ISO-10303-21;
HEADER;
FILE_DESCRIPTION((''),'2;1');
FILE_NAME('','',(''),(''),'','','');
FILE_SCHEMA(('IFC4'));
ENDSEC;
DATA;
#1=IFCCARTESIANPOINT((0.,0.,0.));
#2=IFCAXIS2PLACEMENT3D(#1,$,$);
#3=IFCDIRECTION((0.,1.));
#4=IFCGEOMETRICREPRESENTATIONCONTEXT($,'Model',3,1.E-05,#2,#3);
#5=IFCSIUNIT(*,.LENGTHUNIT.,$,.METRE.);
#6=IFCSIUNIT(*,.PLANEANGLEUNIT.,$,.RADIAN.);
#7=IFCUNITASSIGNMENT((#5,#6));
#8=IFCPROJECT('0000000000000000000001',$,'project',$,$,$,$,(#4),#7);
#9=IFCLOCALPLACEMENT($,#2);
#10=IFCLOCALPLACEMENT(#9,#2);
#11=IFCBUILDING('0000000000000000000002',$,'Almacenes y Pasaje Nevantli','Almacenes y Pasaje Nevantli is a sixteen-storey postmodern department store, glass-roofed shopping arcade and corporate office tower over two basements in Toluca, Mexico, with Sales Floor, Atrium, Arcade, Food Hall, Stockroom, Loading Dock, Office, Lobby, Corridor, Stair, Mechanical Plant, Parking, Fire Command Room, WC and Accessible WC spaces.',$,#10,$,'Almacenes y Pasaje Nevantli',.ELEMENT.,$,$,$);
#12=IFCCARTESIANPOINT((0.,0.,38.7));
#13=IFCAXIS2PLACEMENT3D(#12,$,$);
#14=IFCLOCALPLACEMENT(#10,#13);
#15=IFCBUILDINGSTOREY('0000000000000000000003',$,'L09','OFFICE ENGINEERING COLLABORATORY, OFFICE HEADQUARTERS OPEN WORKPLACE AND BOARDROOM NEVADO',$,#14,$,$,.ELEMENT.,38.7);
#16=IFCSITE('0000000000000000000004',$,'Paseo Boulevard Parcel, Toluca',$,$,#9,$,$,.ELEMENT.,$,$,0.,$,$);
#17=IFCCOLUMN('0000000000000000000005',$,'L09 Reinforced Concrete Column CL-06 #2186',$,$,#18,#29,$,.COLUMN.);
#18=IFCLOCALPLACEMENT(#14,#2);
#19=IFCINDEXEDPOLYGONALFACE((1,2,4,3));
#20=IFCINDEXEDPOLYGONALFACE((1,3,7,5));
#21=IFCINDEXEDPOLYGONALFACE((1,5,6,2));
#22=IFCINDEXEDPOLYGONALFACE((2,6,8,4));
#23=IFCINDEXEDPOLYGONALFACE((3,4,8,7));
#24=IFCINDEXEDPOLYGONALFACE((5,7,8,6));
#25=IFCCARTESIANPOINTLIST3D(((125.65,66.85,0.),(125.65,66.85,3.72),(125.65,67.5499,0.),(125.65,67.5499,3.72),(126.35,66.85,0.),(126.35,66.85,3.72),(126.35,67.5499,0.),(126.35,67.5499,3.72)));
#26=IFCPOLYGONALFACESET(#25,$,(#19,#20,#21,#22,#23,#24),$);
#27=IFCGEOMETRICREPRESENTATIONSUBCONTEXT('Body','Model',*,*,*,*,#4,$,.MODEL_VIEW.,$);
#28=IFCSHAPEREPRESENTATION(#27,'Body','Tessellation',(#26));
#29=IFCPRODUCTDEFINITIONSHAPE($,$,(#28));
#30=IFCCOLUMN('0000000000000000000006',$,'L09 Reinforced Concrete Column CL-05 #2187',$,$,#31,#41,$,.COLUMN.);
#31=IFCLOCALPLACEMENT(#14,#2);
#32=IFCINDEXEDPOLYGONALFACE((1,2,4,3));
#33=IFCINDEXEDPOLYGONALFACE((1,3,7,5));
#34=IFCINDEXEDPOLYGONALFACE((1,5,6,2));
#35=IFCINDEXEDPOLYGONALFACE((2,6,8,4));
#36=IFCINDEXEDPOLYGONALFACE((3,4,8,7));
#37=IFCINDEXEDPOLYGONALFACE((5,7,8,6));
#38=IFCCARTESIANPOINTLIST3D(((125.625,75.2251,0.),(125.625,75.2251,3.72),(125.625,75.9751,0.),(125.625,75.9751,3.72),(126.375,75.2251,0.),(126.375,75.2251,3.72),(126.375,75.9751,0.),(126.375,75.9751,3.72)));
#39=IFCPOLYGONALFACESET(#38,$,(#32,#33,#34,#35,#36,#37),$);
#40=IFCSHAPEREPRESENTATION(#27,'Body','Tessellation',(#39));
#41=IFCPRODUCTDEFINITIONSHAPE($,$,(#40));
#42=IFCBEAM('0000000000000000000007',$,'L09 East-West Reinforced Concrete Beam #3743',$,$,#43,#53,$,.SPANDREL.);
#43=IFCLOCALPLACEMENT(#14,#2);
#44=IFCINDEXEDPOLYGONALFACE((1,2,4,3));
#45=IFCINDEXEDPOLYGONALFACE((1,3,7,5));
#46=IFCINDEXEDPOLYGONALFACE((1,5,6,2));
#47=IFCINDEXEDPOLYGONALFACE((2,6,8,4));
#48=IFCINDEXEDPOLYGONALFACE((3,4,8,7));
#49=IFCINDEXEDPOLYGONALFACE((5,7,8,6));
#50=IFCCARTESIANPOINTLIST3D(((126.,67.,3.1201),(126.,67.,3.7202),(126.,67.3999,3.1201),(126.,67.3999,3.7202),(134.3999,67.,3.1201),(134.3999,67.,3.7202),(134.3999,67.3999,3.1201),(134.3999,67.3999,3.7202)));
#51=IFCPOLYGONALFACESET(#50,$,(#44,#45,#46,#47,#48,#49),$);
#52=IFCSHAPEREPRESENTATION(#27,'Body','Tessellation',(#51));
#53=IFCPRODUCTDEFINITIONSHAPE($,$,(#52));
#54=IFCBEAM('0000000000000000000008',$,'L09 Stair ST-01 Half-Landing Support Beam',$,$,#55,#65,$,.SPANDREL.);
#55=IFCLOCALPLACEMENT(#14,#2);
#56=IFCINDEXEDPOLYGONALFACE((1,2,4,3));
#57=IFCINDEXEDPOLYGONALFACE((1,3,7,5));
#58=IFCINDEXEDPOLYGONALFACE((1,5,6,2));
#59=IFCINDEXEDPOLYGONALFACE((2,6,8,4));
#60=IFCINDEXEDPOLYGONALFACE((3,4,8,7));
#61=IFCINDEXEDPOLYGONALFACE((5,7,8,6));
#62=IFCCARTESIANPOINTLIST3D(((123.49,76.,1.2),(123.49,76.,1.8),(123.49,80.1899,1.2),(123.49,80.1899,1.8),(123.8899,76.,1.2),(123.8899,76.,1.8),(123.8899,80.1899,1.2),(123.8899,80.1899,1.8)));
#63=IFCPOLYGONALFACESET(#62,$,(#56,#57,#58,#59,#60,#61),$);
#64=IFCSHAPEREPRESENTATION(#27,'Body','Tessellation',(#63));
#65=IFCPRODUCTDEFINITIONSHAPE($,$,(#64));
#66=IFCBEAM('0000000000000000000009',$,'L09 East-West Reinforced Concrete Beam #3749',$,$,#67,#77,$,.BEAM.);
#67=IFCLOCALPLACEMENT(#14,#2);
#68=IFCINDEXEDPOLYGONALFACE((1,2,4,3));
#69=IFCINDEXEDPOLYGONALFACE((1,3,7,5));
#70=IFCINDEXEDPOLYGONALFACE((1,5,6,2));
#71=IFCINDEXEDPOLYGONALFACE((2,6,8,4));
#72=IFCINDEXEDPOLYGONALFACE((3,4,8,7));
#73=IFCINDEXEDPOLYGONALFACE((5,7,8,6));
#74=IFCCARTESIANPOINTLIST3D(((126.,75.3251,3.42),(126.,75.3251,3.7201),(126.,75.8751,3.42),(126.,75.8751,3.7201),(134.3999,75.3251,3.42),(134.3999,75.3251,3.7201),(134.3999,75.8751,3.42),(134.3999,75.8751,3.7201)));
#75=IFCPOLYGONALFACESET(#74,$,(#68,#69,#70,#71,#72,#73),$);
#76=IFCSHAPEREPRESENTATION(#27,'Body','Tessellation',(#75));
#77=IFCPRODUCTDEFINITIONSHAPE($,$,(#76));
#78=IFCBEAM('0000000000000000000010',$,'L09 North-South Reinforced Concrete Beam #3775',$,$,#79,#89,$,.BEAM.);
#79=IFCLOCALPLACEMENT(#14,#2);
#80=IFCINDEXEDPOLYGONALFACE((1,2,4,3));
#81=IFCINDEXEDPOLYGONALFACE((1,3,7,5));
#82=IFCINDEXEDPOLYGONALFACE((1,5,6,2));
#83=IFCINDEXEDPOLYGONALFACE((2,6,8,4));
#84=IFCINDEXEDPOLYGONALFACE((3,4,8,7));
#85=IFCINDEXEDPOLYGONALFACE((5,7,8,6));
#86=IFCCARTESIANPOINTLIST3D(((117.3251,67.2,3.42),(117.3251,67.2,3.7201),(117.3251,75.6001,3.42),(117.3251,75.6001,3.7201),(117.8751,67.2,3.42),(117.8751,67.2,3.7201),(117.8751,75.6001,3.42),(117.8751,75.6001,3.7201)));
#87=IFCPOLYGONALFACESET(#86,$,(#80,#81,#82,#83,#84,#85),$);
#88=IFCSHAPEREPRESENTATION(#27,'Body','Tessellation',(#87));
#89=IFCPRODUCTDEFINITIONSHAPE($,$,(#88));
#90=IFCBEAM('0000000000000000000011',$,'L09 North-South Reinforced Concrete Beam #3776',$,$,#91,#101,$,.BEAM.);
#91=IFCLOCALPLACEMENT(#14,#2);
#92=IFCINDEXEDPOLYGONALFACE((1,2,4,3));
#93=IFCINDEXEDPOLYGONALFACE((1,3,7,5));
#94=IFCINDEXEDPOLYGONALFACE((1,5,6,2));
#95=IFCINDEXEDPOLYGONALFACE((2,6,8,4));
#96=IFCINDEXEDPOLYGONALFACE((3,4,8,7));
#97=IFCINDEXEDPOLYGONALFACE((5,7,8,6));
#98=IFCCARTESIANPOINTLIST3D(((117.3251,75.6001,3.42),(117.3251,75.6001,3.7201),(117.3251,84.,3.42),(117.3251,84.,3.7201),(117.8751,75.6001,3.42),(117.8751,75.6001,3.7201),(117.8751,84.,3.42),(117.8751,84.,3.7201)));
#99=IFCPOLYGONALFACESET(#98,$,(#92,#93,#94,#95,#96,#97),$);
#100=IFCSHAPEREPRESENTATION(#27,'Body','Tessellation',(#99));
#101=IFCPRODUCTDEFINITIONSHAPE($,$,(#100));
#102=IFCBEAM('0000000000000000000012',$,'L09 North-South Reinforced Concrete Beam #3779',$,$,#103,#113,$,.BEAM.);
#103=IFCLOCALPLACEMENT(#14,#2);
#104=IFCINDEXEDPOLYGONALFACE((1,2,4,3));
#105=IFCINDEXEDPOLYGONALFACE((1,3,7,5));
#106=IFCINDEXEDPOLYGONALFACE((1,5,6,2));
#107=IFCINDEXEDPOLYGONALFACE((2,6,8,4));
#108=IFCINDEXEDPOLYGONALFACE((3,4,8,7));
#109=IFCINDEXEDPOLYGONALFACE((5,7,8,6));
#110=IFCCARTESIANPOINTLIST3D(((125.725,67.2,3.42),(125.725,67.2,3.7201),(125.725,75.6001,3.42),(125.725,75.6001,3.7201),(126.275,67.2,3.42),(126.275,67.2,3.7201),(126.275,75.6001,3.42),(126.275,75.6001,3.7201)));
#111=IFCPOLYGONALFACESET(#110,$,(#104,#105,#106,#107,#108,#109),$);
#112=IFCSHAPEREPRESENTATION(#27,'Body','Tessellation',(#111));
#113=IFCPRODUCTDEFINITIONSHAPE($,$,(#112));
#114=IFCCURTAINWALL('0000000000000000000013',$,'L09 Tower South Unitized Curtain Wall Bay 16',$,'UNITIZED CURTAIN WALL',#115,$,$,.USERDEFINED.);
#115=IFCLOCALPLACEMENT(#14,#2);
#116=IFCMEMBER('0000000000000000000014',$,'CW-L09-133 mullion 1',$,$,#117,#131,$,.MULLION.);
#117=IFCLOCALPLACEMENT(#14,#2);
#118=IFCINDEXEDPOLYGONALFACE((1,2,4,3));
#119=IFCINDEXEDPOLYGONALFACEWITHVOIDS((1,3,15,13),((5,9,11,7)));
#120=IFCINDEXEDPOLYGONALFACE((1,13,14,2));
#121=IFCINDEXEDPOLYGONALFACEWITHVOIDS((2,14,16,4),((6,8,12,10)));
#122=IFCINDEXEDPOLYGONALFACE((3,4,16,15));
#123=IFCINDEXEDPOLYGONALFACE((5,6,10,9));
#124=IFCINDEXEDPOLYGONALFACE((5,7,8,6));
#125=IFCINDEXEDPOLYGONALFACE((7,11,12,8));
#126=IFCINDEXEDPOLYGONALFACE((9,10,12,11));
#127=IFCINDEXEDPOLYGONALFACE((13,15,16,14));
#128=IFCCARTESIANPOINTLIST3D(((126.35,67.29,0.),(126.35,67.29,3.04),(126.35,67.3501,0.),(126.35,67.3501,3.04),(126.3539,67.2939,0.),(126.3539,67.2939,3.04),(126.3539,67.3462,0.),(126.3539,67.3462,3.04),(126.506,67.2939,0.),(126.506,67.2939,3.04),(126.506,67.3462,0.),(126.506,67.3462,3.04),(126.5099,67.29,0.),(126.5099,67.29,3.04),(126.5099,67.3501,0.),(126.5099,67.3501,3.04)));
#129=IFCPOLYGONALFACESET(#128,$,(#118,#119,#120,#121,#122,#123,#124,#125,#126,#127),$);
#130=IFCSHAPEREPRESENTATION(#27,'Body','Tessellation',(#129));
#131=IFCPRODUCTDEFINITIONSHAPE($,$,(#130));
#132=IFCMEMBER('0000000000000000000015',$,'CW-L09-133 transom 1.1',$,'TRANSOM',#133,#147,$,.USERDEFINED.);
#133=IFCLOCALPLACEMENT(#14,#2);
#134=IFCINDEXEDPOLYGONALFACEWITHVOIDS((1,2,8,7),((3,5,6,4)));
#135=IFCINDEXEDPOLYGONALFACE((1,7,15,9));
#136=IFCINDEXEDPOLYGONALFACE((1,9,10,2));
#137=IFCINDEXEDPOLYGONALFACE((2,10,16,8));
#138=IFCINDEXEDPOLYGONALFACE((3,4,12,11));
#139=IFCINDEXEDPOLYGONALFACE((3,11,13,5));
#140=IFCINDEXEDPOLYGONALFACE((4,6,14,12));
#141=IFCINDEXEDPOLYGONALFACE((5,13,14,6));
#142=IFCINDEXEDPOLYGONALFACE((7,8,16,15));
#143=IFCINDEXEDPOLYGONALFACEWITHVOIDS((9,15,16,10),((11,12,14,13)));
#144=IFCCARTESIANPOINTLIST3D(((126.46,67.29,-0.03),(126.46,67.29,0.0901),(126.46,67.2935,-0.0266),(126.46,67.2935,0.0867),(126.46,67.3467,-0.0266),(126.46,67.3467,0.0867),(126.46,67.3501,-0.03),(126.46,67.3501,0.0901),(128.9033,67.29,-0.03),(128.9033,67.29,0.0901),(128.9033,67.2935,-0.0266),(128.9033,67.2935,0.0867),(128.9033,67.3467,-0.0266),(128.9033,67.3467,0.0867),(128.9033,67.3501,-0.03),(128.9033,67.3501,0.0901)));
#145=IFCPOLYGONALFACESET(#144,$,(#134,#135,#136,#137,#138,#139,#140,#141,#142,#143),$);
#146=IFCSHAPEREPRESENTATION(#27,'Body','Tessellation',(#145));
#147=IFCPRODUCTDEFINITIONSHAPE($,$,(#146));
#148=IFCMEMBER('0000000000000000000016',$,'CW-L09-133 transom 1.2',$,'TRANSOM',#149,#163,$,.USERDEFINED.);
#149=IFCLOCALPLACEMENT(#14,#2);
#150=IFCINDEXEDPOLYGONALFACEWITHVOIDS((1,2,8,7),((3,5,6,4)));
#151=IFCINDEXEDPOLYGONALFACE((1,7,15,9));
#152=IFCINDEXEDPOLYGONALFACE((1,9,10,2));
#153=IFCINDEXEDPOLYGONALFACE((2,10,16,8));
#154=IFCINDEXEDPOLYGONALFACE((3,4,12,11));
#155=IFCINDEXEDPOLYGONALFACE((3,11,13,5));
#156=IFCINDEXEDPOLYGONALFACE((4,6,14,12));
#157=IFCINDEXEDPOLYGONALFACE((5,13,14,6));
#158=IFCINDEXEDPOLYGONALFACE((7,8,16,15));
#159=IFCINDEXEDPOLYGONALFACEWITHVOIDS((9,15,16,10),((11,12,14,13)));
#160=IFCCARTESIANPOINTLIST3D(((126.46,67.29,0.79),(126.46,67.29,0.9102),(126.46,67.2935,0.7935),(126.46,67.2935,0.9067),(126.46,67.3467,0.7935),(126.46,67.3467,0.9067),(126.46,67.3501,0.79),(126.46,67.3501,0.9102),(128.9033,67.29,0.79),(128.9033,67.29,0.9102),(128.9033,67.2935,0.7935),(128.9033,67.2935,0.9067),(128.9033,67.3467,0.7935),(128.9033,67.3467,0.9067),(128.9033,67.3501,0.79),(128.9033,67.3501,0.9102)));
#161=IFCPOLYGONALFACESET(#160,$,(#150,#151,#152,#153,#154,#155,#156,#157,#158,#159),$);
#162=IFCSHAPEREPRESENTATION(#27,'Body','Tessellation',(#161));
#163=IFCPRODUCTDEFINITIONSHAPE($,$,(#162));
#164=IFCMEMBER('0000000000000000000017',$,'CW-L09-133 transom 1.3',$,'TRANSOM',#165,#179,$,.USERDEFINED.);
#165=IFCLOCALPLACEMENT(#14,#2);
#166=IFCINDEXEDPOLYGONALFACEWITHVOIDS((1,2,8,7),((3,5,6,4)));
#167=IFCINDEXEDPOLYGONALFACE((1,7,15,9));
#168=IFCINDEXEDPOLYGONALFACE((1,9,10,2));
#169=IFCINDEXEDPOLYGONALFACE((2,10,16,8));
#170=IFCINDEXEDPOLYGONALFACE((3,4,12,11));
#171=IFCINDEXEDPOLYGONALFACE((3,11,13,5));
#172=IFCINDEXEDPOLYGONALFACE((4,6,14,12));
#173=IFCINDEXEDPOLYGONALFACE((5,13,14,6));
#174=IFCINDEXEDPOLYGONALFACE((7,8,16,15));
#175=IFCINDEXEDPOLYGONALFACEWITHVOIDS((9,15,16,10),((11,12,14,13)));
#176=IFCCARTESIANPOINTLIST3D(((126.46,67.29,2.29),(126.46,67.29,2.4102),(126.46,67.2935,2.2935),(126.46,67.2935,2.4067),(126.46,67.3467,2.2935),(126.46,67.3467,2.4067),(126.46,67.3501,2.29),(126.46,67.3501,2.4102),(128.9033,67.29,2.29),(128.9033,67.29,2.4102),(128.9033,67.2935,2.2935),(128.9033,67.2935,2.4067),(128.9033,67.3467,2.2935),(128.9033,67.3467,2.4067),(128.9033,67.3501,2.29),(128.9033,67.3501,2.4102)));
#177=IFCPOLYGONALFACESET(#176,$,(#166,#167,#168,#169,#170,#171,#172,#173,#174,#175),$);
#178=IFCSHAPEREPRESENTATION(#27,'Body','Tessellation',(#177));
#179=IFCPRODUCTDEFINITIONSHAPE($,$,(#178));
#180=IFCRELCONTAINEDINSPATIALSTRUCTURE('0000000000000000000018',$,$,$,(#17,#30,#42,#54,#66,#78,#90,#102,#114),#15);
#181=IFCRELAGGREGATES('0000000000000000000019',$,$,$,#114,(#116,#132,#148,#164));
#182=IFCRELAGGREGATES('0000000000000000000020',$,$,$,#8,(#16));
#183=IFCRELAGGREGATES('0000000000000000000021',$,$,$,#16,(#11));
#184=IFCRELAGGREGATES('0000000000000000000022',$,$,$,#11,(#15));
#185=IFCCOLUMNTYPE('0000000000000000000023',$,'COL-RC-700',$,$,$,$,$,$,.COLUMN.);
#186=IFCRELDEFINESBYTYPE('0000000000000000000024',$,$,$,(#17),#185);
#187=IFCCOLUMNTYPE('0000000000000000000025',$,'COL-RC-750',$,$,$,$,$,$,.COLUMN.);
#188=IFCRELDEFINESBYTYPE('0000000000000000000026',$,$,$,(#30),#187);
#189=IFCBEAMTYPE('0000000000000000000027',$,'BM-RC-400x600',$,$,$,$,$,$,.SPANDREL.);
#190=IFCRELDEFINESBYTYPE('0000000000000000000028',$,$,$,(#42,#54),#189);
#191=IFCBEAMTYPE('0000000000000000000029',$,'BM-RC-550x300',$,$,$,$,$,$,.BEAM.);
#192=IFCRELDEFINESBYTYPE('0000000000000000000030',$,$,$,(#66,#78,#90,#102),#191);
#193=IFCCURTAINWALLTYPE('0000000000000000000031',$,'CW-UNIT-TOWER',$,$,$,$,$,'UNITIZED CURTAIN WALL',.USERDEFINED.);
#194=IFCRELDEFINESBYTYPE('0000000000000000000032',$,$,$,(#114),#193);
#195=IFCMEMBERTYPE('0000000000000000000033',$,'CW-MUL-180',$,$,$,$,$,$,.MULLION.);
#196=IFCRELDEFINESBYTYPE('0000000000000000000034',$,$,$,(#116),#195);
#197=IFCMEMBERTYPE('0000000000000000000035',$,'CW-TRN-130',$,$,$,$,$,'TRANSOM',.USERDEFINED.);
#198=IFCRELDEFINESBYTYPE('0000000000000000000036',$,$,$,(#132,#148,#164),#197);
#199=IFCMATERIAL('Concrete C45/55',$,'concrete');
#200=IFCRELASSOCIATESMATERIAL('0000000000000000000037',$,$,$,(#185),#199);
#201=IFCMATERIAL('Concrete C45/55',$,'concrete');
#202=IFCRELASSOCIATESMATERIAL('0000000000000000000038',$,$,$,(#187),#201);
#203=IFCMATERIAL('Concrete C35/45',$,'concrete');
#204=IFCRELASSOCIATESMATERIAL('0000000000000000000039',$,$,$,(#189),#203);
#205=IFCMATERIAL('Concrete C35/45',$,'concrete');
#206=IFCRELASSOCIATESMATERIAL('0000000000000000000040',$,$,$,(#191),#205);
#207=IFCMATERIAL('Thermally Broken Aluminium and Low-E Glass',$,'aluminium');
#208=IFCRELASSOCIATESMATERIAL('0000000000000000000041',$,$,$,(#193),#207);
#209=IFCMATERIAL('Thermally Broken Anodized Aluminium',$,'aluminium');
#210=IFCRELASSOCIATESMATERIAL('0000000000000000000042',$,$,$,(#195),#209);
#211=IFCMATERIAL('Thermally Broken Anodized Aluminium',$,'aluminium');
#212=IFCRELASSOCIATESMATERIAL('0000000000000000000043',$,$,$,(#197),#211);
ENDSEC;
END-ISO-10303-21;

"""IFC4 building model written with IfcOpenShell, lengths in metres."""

from ifc_helpers import new_model, si_unit, direction, frame, origin, origin_2d, place, context, subcontext, project, spatial, rectangle, hollow_rectangle, extrude, material, material_profile, profile_set, type_object, element, aggregate, save


model = new_model("IFC4")

# Units and contexts
model_context = context("Model", 3, precision=1e-05, world=origin(), true_north=direction((0.0, 1.0)))
body_context = subcontext(model_context, "Body", "Model", "MODEL_VIEW")
ifc_project = project(units=[si_unit("LENGTHUNIT", "METRE"), si_unit("PLANEANGLEUNIT", "RADIAN")], contexts=[model_context])

# Site, building, storey
site_placement = place(None, origin())
site = spatial("IfcSite", under=ifc_project, at=site_placement, Name="Paseo Boulevard Parcel, Toluca", CompositionType="ELEMENT", RefElevation=0.0)
building_placement = place(site_placement, origin())
building = spatial("IfcBuilding", under=site, at=building_placement, Name="Almacenes y Pasaje Nevantli", Description="Almacenes y Pasaje Nevantli is a sixteen-storey postmodern department store, glass-roofed shopping arcade and corporate office tower over two basements in Toluca, Mexico, with Sales Floor, Atrium, Arcade, Food Hall, Stockroom, Loading Dock, Office, Lobby, Corridor, Stair, Mechanical Plant, Parking, Fire Command Room, WC and Accessible WC spaces.", LongName="Almacenes y Pasaje Nevantli", CompositionType="ELEMENT")
storey_placement = place(building_placement, frame((0.0, 0.0, 38.7)))
storey = spatial("IfcBuildingStorey", under=building, at=storey_placement, Name="L09", Description="OFFICE ENGINEERING COLLABORATORY, OFFICE HEADQUARTERS OPEN WORKPLACE AND BOARDROOM NEVADO", CompositionType="ELEMENT", Elevation=38.7)

# Columns
ifc_material_1 = material(Name="Concrete C45/55", Category="concrete")
ifc_material_profile_1 = material_profile(ifc_material_1, rectangle(XDim=0.7, YDim=0.7, at=origin_2d()), Name="RC-COL-700x700")
ifc_profile_set_1 = profile_set([ifc_material_profile_1], Name="Concrete C45/55")
column_type_1 = type_object("IfcColumnType", Name="COL-RC-700", PredefinedType="COLUMN", material=ifc_profile_set_1)
column_1_placement = place(storey_placement, frame((126.0, 67.2, 0.0), z_axis=(0.0, 0.0, 1.0), x_axis=(1.0, 0.0, 0.0)))
element("IfcColumn", 1, at=column_1_placement, inside=storey, type_object=column_type_1, Name="L09 Reinforced Concrete Column CL-06 #2186", PredefinedType="COLUMN", context=body_context, shape_type="SweptSolid", body=[
    extrude(rectangle(XDim=0.7, YDim=0.7, at=origin_2d()), origin(), (0.0, 0.0, 1.0), 3.72),
])
ifc_material_2 = material(Name="Concrete C45/55", Category="concrete")
ifc_material_profile_2 = material_profile(ifc_material_2, rectangle(XDim=0.75, YDim=0.75, at=origin_2d()), Name="RC-COL-750x750")
ifc_profile_set_2 = profile_set([ifc_material_profile_2], Name="Concrete C45/55")
column_type_2 = type_object("IfcColumnType", Name="COL-RC-750", PredefinedType="COLUMN", material=ifc_profile_set_2)
column_2_placement = place(storey_placement, frame((126.0, 75.6001, 0.0), z_axis=(0.0, 0.0, 1.0), x_axis=(1.0, 0.0, 0.0)))
element("IfcColumn", 2, at=column_2_placement, inside=storey, type_object=column_type_2, Name="L09 Reinforced Concrete Column CL-05 #2187", PredefinedType="COLUMN", context=body_context, shape_type="SweptSolid", body=[
    extrude(rectangle(XDim=0.75, YDim=0.75, at=origin_2d()), origin(), (0.0, 0.0, 1.0), 3.72),
])

# Beams
ifc_material_3 = material(Name="Concrete C35/45", Category="concrete")
ifc_material_profile_3 = material_profile(ifc_material_3, rectangle(XDim=0.3999, YDim=0.6001, at=origin_2d()), Name="RC-BM-400x600")
ifc_profile_set_3 = profile_set([ifc_material_profile_3], Name="Concrete C35/45")
beam_type_1 = type_object("IfcBeamType", Name="BM-RC-400x600", PredefinedType="SPANDREL", material=ifc_profile_set_3)
beam_1_placement = place(storey_placement, frame((126.0, 67.2, 3.4202), z_axis=(1.0, 0.0, 0.0), x_axis=(0.0, 1.0, 0.0)))
element("IfcBeam", 3, at=beam_1_placement, inside=storey, type_object=beam_type_1, Name="L09 East-West Reinforced Concrete Beam #3743", PredefinedType="SPANDREL", context=body_context, shape_type="SweptSolid", body=[
    extrude(rectangle(XDim=0.3999, YDim=0.6001, at=origin_2d()), origin(), (0.0, 0.0, 1.0), 8.3999),
])
beam_2_placement = place(storey_placement, frame((123.6899, 76.0, 1.5), z_axis=(0.0, 1.0, 0.0), x_axis=(-1.0, 0.0, 0.0)))
element("IfcBeam", 4, at=beam_2_placement, inside=storey, type_object=beam_type_1, Name="L09 Stair ST-01 Half-Landing Support Beam", PredefinedType="SPANDREL", context=body_context, shape_type="SweptSolid", body=[
    extrude(rectangle(XDim=0.3999, YDim=0.6001, at=origin_2d()), origin(), (0.0, 0.0, 1.0), 4.1899),
])
ifc_material_4 = material(Name="Concrete C35/45", Category="concrete")
ifc_material_profile_4 = material_profile(ifc_material_4, rectangle(XDim=0.55, YDim=0.3, at=origin_2d()), Name="RC-BM-550x300")
ifc_profile_set_4 = profile_set([ifc_material_profile_4], Name="Concrete C35/45")
beam_type_2 = type_object("IfcBeamType", Name="BM-RC-550x300", PredefinedType="BEAM", material=ifc_profile_set_4)
beam_3_placement = place(storey_placement, frame((126.0, 75.6001, 3.5701), z_axis=(1.0, 0.0, 0.0), x_axis=(0.0, 1.0, 0.0)))
element("IfcBeam", 5, at=beam_3_placement, inside=storey, type_object=beam_type_2, Name="L09 East-West Reinforced Concrete Beam #3749", PredefinedType="BEAM", context=body_context, shape_type="SweptSolid", body=[
    extrude(rectangle(XDim=0.55, YDim=0.3, at=origin_2d()), origin(), (0.0, 0.0, 1.0), 8.3999),
])
beam_4_placement = place(storey_placement, frame((117.6001, 67.2, 3.5701), z_axis=(0.0, 1.0, 0.0), x_axis=(-1.0, 0.0, 0.0)))
element("IfcBeam", 6, at=beam_4_placement, inside=storey, type_object=beam_type_2, Name="L09 North-South Reinforced Concrete Beam #3775", PredefinedType="BEAM", context=body_context, shape_type="SweptSolid", body=[
    extrude(rectangle(XDim=0.55, YDim=0.3, at=origin_2d()), origin(), (0.0, 0.0, 1.0), 8.4001),
])
beam_5_placement = place(storey_placement, frame((117.6001, 75.6001, 3.5701), z_axis=(0.0, 1.0, 0.0), x_axis=(-1.0, 0.0, 0.0)))
element("IfcBeam", 7, at=beam_5_placement, inside=storey, type_object=beam_type_2, Name="L09 North-South Reinforced Concrete Beam #3776", PredefinedType="BEAM", context=body_context, shape_type="SweptSolid", body=[
    extrude(rectangle(XDim=0.55, YDim=0.3, at=origin_2d()), origin(), (0.0, 0.0, 1.0), 8.3999),
])
beam_6_placement = place(storey_placement, frame((126.0, 67.2, 3.5701), z_axis=(0.0, 1.0, 0.0), x_axis=(-1.0, 0.0, 0.0)))
element("IfcBeam", 8, at=beam_6_placement, inside=storey, type_object=beam_type_2, Name="L09 North-South Reinforced Concrete Beam #3779", PredefinedType="BEAM", context=body_context, shape_type="SweptSolid", body=[
    extrude(rectangle(XDim=0.55, YDim=0.3, at=origin_2d()), origin(), (0.0, 0.0, 1.0), 8.4001),
])

# Curtain wall, members
ifc_material_5 = material(Name="Thermally Broken Aluminium and Low-E Glass", Category="aluminium")
curtain_wall_type = type_object("IfcCurtainWallType", Name="CW-UNIT-TOWER", ElementType="UNITIZED CURTAIN WALL", PredefinedType="USERDEFINED", material=ifc_material_5)
curtain_wall_placement = place(storey_placement, origin())
curtain_wall = element("IfcCurtainWall", 9, at=curtain_wall_placement, inside=storey, type_object=curtain_wall_type, Name="L09 Tower South Unitized Curtain Wall Bay 16", ObjectType="UNITIZED CURTAIN WALL", PredefinedType="USERDEFINED")
ifc_material_6 = material(Name="Thermally Broken Anodized Aluminium", Category="aluminium")
ifc_material_profile_5 = material_profile(ifc_material_6, hollow_rectangle(XDim=0.0601, YDim=0.1599, WallThickness=0.0039, at=origin_2d()), Name="ALU-MUL-60x160")
ifc_profile_set_5 = profile_set([ifc_material_profile_5], Name="Thermally Broken Anodized Aluminium")
member_type_1 = type_object("IfcMemberType", Name="CW-MUL-180", PredefinedType="MULLION", material=ifc_profile_set_5)
member_1_placement = place(storey_placement, frame((126.4299, 67.3201, 0.0), z_axis=(0.0, 0.0, 1.0), x_axis=(0.0, 1.0, 0.0)))
member_1 = element("IfcMember", 10, at=member_1_placement, type_object=member_type_1, Name="CW-L09-133 mullion 1", PredefinedType="MULLION", context=body_context, shape_type="SweptSolid", body=[
    extrude(hollow_rectangle(XDim=0.0601, YDim=0.1599, WallThickness=0.0039, at=origin_2d()), origin(), (0.0, 0.0, 1.0), 3.04),
])
ifc_material_7 = material(Name="Thermally Broken Anodized Aluminium", Category="aluminium")
ifc_material_profile_6 = material_profile(ifc_material_7, hollow_rectangle(XDim=0.0601, YDim=0.1201, WallThickness=0.0034, at=origin_2d()), Name="ALU-TRN-60x120")
ifc_profile_set_6 = profile_set([ifc_material_profile_6], Name="Thermally Broken Anodized Aluminium")
member_type_2 = type_object("IfcMemberType", Name="CW-TRN-130", ElementType="TRANSOM", PredefinedType="USERDEFINED", material=ifc_profile_set_6)
member_2_placement = place(storey_placement, frame((126.46, 67.3201, 0.03), z_axis=(1.0, 0.0, 0.0), x_axis=(0.0, 1.0, 0.0)))
member_2 = element("IfcMember", 11, at=member_2_placement, type_object=member_type_2, Name="CW-L09-133 transom 1.1", ObjectType="TRANSOM", PredefinedType="USERDEFINED", context=body_context, shape_type="SweptSolid", body=[
    extrude(hollow_rectangle(XDim=0.0601, YDim=0.1201, WallThickness=0.0034, at=origin_2d()), origin(), (0.0, 0.0, 1.0), 2.4434),
])
member_3_placement = place(storey_placement, frame((126.46, 67.3201, 0.8501), z_axis=(1.0, 0.0, 0.0), x_axis=(0.0, 1.0, 0.0)))
member_3 = element("IfcMember", 12, at=member_3_placement, type_object=member_type_2, Name="CW-L09-133 transom 1.2", ObjectType="TRANSOM", PredefinedType="USERDEFINED", context=body_context, shape_type="SweptSolid", body=[
    extrude(hollow_rectangle(XDim=0.0601, YDim=0.1201, WallThickness=0.0034, at=origin_2d()), origin(), (0.0, 0.0, 1.0), 2.4434),
])
member_4_placement = place(storey_placement, frame((126.46, 67.3201, 2.3501), z_axis=(1.0, 0.0, 0.0), x_axis=(0.0, 1.0, 0.0)))
member_4 = element("IfcMember", 13, at=member_4_placement, type_object=member_type_2, Name="CW-L09-133 transom 1.3", ObjectType="TRANSOM", PredefinedType="USERDEFINED", context=body_context, shape_type="SweptSolid", body=[
    extrude(hollow_rectangle(XDim=0.0601, YDim=0.1201, WallThickness=0.0034, at=origin_2d()), origin(), (0.0, 0.0, 1.0), 2.4434),
])
aggregate(curtain_wall, [member_1, member_2, member_3, member_4])

save(model, "model.ifc")
